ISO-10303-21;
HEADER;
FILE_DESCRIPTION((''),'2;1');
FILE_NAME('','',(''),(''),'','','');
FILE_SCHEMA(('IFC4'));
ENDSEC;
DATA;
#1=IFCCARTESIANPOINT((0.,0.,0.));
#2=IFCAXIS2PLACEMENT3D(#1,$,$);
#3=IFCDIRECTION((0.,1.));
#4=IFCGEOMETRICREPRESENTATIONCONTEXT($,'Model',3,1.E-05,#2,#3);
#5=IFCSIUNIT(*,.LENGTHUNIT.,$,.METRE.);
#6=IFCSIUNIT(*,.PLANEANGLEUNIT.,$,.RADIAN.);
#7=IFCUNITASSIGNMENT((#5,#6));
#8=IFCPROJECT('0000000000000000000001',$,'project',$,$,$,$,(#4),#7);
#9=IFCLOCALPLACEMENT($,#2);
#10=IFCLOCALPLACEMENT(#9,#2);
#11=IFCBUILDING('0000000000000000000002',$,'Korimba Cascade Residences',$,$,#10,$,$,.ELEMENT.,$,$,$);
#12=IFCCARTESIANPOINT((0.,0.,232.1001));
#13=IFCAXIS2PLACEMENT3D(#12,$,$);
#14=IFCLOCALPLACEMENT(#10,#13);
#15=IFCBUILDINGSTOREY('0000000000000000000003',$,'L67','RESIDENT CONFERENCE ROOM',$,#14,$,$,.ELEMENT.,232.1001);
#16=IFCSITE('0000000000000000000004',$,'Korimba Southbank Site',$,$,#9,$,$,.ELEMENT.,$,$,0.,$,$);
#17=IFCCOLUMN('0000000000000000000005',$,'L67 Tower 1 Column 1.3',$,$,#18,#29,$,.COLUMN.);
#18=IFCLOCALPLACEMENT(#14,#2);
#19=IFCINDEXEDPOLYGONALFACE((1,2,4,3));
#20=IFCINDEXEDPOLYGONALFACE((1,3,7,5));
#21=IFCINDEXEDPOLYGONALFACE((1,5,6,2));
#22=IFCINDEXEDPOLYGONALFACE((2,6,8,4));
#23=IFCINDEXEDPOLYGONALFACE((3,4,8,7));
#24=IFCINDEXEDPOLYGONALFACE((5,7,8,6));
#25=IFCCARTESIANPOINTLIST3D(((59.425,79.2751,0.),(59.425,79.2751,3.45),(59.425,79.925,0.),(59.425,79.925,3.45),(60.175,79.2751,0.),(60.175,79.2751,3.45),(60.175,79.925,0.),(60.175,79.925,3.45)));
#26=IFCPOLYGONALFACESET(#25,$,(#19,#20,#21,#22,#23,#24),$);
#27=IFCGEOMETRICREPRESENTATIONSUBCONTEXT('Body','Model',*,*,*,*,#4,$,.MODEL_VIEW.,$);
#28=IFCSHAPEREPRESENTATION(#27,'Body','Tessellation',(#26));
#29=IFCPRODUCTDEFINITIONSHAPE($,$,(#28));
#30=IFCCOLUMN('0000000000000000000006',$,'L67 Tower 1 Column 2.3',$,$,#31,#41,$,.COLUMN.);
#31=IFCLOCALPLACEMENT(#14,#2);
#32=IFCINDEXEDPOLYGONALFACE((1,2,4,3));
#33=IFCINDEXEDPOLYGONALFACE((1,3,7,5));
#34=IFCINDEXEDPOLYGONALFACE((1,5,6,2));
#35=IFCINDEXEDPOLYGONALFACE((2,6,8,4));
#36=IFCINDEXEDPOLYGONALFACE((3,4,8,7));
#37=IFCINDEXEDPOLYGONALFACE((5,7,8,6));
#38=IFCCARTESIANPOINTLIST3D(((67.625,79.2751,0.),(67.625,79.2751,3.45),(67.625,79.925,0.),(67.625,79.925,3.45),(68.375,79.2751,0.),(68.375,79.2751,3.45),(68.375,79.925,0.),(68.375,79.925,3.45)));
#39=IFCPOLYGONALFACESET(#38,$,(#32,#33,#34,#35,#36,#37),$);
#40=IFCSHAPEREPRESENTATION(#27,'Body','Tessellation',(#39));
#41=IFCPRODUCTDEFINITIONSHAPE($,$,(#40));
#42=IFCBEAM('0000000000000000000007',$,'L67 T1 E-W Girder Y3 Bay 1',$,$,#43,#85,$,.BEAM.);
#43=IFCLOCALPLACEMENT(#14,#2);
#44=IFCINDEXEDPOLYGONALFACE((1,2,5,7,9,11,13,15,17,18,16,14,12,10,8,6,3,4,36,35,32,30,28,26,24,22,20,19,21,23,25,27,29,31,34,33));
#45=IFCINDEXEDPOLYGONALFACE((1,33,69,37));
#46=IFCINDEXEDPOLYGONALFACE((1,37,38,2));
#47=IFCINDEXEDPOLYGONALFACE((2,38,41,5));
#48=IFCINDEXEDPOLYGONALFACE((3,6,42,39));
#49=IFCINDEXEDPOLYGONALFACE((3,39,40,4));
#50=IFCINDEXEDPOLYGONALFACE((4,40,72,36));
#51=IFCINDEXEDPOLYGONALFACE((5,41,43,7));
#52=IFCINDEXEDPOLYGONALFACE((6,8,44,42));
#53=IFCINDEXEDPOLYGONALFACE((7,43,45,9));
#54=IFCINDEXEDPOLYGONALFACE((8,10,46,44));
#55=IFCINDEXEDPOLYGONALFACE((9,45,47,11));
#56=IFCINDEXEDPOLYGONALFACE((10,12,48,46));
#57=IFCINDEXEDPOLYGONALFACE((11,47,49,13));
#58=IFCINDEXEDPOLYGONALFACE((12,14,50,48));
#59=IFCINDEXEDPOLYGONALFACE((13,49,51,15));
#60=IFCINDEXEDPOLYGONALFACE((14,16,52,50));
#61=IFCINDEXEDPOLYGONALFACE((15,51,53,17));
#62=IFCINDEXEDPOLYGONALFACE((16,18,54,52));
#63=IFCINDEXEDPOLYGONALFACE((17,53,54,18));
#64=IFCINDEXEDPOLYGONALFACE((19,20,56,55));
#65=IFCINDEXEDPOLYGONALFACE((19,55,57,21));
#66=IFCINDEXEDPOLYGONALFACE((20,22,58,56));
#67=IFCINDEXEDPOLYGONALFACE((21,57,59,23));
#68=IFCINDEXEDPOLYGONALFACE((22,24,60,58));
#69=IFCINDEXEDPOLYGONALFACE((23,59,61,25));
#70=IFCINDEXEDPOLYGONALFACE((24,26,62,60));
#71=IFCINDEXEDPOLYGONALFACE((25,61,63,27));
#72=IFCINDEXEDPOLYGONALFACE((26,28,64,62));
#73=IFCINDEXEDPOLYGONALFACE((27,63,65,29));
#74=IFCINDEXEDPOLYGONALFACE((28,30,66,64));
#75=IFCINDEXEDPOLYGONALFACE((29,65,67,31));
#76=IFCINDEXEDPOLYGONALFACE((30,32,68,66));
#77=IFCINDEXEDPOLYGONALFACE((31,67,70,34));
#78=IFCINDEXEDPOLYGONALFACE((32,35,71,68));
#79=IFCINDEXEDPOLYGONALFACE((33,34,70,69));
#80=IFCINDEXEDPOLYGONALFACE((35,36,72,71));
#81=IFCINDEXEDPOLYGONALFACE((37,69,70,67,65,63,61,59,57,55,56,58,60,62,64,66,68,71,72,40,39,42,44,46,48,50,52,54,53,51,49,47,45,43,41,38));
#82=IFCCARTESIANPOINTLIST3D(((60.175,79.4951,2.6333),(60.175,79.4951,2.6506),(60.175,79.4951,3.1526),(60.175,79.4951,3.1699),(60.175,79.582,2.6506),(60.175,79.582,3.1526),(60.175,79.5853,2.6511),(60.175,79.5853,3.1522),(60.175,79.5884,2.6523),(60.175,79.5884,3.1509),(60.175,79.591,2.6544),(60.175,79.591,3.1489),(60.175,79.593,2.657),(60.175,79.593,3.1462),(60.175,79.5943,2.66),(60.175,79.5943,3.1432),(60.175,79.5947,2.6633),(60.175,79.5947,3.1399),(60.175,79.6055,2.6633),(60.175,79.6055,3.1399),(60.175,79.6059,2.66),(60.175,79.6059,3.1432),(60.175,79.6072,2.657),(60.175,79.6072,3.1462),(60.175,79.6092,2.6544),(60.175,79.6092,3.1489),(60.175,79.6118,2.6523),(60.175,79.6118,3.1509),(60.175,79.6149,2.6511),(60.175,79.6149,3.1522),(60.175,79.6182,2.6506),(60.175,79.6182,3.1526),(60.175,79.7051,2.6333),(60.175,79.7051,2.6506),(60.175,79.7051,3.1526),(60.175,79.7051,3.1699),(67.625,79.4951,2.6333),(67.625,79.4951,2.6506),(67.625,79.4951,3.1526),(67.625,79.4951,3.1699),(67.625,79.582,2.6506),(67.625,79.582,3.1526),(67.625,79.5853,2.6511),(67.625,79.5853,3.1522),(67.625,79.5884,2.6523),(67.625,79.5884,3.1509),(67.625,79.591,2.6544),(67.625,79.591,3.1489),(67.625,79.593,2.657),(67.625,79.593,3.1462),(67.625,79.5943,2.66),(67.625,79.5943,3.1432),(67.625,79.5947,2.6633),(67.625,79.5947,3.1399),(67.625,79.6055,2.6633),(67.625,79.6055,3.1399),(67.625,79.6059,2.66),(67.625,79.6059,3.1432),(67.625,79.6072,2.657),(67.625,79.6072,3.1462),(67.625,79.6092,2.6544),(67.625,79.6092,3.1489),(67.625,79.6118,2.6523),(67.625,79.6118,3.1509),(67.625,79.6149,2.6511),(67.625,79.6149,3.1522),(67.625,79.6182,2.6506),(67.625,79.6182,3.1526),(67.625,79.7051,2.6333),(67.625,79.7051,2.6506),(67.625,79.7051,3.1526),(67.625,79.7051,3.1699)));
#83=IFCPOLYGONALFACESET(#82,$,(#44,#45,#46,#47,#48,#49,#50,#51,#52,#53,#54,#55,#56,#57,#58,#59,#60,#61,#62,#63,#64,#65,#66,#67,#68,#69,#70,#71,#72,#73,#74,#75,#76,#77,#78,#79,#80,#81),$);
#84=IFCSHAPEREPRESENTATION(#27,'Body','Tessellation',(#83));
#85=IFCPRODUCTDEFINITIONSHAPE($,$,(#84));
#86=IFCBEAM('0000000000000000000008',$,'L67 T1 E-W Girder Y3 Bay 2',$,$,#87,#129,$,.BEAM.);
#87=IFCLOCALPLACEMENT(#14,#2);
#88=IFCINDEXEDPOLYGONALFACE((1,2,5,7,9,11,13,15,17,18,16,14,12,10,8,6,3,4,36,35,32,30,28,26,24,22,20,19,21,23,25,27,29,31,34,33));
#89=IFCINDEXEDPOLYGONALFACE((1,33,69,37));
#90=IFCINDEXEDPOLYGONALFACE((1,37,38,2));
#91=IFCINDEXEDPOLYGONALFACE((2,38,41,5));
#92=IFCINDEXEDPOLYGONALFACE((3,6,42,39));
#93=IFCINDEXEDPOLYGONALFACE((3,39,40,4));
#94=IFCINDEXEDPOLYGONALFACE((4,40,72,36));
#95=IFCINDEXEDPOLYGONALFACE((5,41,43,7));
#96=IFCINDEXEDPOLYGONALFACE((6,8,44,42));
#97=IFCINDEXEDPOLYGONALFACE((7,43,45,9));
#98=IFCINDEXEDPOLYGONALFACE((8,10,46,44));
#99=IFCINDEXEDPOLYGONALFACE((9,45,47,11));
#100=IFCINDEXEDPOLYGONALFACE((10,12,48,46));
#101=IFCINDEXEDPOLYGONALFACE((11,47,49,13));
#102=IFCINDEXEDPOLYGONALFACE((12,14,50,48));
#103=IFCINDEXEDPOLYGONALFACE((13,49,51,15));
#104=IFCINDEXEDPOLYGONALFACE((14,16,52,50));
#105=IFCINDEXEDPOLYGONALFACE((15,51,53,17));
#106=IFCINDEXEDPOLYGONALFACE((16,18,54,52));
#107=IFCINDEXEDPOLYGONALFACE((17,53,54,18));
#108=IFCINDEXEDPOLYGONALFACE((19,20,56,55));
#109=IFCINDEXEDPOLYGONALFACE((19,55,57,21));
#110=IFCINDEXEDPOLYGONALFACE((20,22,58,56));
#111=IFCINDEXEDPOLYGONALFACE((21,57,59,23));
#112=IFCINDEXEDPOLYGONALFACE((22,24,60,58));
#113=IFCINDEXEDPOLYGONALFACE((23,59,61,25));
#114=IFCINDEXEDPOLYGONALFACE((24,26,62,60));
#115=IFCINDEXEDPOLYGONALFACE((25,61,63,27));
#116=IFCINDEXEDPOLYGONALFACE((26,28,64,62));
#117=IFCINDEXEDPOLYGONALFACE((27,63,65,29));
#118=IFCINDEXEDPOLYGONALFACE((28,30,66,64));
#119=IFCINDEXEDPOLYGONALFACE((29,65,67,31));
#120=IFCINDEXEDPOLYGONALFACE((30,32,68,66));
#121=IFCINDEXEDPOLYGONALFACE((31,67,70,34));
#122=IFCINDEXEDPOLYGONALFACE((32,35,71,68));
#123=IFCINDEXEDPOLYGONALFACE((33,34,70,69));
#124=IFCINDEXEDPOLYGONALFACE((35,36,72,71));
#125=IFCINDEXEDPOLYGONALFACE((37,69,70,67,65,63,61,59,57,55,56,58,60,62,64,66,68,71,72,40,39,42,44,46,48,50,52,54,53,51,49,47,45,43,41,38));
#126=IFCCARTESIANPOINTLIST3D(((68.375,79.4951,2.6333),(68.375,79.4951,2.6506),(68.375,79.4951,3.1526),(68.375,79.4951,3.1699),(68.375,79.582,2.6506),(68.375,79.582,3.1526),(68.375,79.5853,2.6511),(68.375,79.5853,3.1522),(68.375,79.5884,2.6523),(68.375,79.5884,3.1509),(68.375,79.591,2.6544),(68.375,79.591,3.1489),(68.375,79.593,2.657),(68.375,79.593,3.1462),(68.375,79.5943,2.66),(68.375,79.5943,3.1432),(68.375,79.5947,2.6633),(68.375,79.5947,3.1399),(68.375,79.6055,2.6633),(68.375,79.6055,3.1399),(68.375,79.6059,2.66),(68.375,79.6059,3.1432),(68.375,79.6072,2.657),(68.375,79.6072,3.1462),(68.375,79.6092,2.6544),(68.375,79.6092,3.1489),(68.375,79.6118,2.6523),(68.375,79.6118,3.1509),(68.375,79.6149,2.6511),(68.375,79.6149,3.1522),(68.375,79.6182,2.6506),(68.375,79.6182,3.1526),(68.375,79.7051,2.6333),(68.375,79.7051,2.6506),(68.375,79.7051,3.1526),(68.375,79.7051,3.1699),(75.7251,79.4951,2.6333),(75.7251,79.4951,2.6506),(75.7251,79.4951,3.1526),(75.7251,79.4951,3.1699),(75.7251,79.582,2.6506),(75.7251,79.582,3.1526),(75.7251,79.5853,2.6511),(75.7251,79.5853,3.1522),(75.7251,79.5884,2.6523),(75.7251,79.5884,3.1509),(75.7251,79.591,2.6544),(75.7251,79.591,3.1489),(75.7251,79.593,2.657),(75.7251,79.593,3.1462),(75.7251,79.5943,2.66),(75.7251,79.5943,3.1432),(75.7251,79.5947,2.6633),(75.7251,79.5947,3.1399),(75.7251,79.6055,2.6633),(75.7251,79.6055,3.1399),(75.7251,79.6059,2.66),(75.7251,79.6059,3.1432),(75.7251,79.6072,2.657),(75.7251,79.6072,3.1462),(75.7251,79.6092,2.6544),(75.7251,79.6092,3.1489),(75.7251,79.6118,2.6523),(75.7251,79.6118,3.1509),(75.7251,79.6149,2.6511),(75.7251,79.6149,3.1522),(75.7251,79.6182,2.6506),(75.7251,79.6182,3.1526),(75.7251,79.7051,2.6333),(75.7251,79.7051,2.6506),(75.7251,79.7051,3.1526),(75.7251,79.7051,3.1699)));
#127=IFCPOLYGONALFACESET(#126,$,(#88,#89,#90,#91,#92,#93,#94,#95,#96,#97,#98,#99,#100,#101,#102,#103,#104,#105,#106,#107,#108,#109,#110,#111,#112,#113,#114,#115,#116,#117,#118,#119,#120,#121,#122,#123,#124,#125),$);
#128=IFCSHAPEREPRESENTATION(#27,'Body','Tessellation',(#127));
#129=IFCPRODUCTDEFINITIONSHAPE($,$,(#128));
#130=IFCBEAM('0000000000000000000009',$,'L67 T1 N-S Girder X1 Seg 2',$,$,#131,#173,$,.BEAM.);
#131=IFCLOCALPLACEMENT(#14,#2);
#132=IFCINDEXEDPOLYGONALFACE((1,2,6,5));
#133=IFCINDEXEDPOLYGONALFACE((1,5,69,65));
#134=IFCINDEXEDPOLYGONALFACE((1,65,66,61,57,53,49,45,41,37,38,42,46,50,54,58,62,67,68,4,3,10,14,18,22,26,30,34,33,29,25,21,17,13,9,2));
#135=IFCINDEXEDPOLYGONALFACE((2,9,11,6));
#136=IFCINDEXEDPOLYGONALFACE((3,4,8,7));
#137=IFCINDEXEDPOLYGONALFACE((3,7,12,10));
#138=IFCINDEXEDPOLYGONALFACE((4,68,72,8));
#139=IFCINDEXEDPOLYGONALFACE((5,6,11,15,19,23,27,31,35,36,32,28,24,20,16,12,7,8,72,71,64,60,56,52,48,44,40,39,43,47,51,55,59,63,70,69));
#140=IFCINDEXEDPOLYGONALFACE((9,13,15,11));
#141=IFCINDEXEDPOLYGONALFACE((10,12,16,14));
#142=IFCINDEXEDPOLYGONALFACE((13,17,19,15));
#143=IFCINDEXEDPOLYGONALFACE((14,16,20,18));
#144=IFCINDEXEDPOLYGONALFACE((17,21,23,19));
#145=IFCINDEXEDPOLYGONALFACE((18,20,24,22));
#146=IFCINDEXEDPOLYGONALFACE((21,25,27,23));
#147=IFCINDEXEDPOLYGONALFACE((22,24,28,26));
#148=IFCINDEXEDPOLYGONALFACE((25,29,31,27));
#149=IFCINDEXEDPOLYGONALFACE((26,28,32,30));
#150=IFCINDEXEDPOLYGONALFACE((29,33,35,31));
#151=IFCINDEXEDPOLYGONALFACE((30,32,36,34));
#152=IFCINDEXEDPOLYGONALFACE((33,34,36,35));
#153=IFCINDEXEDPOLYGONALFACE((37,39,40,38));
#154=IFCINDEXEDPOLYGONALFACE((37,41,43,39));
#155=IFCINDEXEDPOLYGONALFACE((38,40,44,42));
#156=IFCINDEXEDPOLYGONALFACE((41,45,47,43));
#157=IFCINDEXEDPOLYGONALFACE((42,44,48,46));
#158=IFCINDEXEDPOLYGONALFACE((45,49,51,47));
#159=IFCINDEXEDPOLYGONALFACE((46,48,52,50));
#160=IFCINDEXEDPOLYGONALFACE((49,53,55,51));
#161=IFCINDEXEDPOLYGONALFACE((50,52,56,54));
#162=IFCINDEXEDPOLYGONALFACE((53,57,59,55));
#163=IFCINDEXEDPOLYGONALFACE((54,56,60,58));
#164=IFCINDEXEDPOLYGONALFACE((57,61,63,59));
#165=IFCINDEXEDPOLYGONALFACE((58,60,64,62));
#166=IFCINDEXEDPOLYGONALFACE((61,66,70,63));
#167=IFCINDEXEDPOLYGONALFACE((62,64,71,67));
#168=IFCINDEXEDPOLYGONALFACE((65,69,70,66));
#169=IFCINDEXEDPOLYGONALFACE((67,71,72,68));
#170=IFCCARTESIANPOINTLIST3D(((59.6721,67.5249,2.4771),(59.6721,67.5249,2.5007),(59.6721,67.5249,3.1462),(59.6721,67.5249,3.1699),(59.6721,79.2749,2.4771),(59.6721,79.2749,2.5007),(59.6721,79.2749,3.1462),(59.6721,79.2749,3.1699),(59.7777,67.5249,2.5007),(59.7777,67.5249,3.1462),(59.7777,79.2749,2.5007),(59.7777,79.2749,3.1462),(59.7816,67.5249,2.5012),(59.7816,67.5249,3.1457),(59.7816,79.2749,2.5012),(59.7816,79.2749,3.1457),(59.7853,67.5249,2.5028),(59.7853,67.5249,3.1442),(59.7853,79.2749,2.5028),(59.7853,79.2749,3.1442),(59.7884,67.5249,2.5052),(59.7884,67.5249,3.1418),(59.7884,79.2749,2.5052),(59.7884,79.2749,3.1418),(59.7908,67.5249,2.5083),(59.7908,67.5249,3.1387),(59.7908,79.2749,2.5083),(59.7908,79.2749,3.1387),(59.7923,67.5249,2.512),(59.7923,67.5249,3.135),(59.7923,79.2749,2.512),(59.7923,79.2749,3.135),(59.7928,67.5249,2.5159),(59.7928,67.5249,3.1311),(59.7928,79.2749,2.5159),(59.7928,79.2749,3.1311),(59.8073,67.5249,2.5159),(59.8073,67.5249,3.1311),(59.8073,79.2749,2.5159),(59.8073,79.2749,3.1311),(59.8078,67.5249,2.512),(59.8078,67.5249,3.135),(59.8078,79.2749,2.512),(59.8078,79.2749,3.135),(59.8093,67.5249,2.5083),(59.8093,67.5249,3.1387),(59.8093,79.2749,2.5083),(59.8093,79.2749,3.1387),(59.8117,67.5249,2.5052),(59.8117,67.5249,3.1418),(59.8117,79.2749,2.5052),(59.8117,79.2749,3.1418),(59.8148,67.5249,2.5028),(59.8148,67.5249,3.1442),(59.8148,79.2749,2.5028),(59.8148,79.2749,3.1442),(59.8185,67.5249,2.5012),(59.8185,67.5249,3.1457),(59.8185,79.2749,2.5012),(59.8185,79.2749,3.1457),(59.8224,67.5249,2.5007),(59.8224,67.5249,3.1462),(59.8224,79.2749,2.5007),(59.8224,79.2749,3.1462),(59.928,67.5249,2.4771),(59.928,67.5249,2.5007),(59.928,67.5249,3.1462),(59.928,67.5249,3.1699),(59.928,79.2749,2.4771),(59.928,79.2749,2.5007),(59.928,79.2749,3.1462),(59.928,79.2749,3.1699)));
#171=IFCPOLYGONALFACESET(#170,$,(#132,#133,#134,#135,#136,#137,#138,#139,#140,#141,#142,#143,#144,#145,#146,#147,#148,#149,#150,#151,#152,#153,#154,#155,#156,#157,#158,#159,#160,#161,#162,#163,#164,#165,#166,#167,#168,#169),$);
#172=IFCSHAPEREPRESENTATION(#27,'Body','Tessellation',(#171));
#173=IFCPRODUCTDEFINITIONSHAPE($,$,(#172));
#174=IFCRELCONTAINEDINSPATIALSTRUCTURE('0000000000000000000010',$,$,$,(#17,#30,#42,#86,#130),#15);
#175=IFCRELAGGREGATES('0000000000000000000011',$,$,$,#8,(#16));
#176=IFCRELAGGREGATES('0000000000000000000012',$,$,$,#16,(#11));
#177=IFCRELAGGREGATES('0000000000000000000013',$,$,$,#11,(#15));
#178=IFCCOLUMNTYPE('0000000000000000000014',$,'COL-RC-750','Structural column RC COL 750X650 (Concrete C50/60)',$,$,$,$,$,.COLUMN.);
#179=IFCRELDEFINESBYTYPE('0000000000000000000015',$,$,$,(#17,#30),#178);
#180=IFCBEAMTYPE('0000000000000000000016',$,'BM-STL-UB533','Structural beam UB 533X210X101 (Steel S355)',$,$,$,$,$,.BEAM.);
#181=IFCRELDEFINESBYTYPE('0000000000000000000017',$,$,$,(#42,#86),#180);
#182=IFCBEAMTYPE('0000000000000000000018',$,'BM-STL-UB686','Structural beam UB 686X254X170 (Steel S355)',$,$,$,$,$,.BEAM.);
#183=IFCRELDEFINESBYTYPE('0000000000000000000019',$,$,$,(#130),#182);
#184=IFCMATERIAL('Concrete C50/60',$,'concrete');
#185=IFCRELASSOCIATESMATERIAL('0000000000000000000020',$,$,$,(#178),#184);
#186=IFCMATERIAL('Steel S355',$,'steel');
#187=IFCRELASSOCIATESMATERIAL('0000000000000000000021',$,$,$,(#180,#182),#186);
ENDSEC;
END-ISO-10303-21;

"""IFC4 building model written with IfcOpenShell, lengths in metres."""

from ifc_helpers import new_model, si_unit, direction, frame, origin, origin_2d, place, context, subcontext, project, spatial, rectangle, i_section, extrude, material, material_profile, profile_set, type_object, element, save


model = new_model("IFC4")

# Units and contexts
model_context = context("Model", 3, precision=1e-05, world=origin(), true_north=direction((0.0, 1.0)))
body_context = subcontext(model_context, "Body", "Model", "MODEL_VIEW")
ifc_project = project(units=[si_unit("LENGTHUNIT", "METRE"), si_unit("PLANEANGLEUNIT", "RADIAN")], contexts=[model_context])

# Site, building, storey
site_placement = place(None, origin())
site = spatial("IfcSite", under=ifc_project, at=site_placement, Name="Korimba Southbank Site", CompositionType="ELEMENT", RefElevation=0.0)
building_placement = place(site_placement, origin())
building = spatial("IfcBuilding", under=site, at=building_placement, Name="Korimba Cascade Residences", CompositionType="ELEMENT")
storey_placement = place(building_placement, frame((0.0, 0.0, 232.1001)))
storey = spatial("IfcBuildingStorey", under=building, at=storey_placement, Name="L67", Description="RESIDENT CONFERENCE ROOM", CompositionType="ELEMENT", Elevation=232.1001)

# Columns
ifc_material_1 = material(Name="Concrete C50/60", Category="concrete")
ifc_material_profile_1 = material_profile(ifc_material_1, rectangle(XDim=0.75, YDim=0.6499, at=origin_2d()), Name="Concrete C50/60")
ifc_profile_set_1 = profile_set([ifc_material_profile_1], Name="Concrete C50/60")
column_type = type_object("IfcColumnType", Name="COL-RC-750", Description="Structural column RC COL 750X650 (Concrete C50/60)", PredefinedType="COLUMN", material=ifc_profile_set_1)
for number, where, z_axis, x_axis, name in (
    (1, (59.8, 79.6001, 0.0), (0.0, 0.0, 1.0), (1.0, 0.0, 0.0), "L67 Tower 1 Column 1.3"),
    (2, (68.0, 79.6001, 0.0), (0.0, 0.0, 1.0), (1.0, 0.0, 0.0), "L67 Tower 1 Column 2.3"),
):
    element("IfcColumn", number, at=place(storey_placement, frame(where, z_axis=z_axis, x_axis=x_axis)), inside=storey, type_object=column_type, Name=name, PredefinedType="COLUMN", context=body_context, shape_type="SweptSolid", body=[
        extrude(rectangle(XDim=0.75, YDim=0.6499, at=origin_2d()), origin(), (0.0, 0.0, 1.0), 3.45),
    ])

# Beams
ifc_material_2 = material(Name="Steel S355", Category="steel")
ifc_material_profile_2 = material_profile(ifc_material_2, i_section(OverallWidth=0.21, OverallDepth=0.5366, WebThickness=0.0107, FlangeThickness=0.0173, FilletRadius=0.0127, at=origin_2d()), Name="Steel S355")
ifc_profile_set_2 = profile_set([ifc_material_profile_2], Name="Steel S355")
beam_type_1 = type_object("IfcBeamType", Name="BM-STL-UB533", Description="Structural beam UB 533X210X101 (Steel S355)", PredefinedType="BEAM", material=ifc_profile_set_2)
beam_1_placement = place(storey_placement, frame((60.175, 79.6001, 2.9016), z_axis=(1.0, 0.0, 0.0), x_axis=(0.0, 1.0, 0.0)))
element("IfcBeam", 3, at=beam_1_placement, inside=storey, type_object=beam_type_1, Name="L67 T1 E-W Girder Y3 Bay 1", PredefinedType="BEAM", context=body_context, shape_type="SweptSolid", body=[
    extrude(i_section(OverallWidth=0.21, OverallDepth=0.5366, WebThickness=0.0107, FlangeThickness=0.0173, FilletRadius=0.0127, at=origin_2d()), origin(), (0.0, 0.0, 1.0), 7.45),
])
beam_2_placement = place(storey_placement, frame((68.375, 79.6001, 2.9016), z_axis=(1.0, 0.0, 0.0), x_axis=(0.0, 1.0, 0.0)))
element("IfcBeam", 4, at=beam_2_placement, inside=storey, type_object=beam_type_1, Name="L67 T1 E-W Girder Y3 Bay 2", PredefinedType="BEAM", context=body_context, shape_type="SweptSolid", body=[
    extrude(i_section(OverallWidth=0.21, OverallDepth=0.5366, WebThickness=0.0107, FlangeThickness=0.0173, FilletRadius=0.0127, at=origin_2d()), origin(), (0.0, 0.0, 1.0), 7.3501),
])
ifc_material_profile_3 = material_profile(ifc_material_2, i_section(OverallWidth=0.2559, OverallDepth=0.6929, WebThickness=0.0144, FlangeThickness=0.0237, FilletRadius=0.0151, at=origin_2d()), Name="Steel S355")
ifc_profile_set_3 = profile_set([ifc_material_profile_3], Name="Steel S355")
beam_type_2 = type_object("IfcBeamType", Name="BM-STL-UB686", Description="Structural beam UB 686X254X170 (Steel S355)", PredefinedType="BEAM", material=ifc_profile_set_3)
beam_3_placement = place(storey_placement, frame((59.8, 67.5249, 2.8235), z_axis=(0.0, 1.0, 0.0), x_axis=(-1.0, 0.0, 0.0)))
element("IfcBeam", 5, at=beam_3_placement, inside=storey, type_object=beam_type_2, Name="L67 T1 N-S Girder X1 Seg 2", PredefinedType="BEAM", context=body_context, shape_type="SweptSolid", body=[
    extrude(i_section(OverallWidth=0.2559, OverallDepth=0.6929, WebThickness=0.0144, FlangeThickness=0.0237, FilletRadius=0.0151, at=origin_2d()), origin(), (0.0, 0.0, 1.0), 11.75),
])

save(model, "model.ifc")
